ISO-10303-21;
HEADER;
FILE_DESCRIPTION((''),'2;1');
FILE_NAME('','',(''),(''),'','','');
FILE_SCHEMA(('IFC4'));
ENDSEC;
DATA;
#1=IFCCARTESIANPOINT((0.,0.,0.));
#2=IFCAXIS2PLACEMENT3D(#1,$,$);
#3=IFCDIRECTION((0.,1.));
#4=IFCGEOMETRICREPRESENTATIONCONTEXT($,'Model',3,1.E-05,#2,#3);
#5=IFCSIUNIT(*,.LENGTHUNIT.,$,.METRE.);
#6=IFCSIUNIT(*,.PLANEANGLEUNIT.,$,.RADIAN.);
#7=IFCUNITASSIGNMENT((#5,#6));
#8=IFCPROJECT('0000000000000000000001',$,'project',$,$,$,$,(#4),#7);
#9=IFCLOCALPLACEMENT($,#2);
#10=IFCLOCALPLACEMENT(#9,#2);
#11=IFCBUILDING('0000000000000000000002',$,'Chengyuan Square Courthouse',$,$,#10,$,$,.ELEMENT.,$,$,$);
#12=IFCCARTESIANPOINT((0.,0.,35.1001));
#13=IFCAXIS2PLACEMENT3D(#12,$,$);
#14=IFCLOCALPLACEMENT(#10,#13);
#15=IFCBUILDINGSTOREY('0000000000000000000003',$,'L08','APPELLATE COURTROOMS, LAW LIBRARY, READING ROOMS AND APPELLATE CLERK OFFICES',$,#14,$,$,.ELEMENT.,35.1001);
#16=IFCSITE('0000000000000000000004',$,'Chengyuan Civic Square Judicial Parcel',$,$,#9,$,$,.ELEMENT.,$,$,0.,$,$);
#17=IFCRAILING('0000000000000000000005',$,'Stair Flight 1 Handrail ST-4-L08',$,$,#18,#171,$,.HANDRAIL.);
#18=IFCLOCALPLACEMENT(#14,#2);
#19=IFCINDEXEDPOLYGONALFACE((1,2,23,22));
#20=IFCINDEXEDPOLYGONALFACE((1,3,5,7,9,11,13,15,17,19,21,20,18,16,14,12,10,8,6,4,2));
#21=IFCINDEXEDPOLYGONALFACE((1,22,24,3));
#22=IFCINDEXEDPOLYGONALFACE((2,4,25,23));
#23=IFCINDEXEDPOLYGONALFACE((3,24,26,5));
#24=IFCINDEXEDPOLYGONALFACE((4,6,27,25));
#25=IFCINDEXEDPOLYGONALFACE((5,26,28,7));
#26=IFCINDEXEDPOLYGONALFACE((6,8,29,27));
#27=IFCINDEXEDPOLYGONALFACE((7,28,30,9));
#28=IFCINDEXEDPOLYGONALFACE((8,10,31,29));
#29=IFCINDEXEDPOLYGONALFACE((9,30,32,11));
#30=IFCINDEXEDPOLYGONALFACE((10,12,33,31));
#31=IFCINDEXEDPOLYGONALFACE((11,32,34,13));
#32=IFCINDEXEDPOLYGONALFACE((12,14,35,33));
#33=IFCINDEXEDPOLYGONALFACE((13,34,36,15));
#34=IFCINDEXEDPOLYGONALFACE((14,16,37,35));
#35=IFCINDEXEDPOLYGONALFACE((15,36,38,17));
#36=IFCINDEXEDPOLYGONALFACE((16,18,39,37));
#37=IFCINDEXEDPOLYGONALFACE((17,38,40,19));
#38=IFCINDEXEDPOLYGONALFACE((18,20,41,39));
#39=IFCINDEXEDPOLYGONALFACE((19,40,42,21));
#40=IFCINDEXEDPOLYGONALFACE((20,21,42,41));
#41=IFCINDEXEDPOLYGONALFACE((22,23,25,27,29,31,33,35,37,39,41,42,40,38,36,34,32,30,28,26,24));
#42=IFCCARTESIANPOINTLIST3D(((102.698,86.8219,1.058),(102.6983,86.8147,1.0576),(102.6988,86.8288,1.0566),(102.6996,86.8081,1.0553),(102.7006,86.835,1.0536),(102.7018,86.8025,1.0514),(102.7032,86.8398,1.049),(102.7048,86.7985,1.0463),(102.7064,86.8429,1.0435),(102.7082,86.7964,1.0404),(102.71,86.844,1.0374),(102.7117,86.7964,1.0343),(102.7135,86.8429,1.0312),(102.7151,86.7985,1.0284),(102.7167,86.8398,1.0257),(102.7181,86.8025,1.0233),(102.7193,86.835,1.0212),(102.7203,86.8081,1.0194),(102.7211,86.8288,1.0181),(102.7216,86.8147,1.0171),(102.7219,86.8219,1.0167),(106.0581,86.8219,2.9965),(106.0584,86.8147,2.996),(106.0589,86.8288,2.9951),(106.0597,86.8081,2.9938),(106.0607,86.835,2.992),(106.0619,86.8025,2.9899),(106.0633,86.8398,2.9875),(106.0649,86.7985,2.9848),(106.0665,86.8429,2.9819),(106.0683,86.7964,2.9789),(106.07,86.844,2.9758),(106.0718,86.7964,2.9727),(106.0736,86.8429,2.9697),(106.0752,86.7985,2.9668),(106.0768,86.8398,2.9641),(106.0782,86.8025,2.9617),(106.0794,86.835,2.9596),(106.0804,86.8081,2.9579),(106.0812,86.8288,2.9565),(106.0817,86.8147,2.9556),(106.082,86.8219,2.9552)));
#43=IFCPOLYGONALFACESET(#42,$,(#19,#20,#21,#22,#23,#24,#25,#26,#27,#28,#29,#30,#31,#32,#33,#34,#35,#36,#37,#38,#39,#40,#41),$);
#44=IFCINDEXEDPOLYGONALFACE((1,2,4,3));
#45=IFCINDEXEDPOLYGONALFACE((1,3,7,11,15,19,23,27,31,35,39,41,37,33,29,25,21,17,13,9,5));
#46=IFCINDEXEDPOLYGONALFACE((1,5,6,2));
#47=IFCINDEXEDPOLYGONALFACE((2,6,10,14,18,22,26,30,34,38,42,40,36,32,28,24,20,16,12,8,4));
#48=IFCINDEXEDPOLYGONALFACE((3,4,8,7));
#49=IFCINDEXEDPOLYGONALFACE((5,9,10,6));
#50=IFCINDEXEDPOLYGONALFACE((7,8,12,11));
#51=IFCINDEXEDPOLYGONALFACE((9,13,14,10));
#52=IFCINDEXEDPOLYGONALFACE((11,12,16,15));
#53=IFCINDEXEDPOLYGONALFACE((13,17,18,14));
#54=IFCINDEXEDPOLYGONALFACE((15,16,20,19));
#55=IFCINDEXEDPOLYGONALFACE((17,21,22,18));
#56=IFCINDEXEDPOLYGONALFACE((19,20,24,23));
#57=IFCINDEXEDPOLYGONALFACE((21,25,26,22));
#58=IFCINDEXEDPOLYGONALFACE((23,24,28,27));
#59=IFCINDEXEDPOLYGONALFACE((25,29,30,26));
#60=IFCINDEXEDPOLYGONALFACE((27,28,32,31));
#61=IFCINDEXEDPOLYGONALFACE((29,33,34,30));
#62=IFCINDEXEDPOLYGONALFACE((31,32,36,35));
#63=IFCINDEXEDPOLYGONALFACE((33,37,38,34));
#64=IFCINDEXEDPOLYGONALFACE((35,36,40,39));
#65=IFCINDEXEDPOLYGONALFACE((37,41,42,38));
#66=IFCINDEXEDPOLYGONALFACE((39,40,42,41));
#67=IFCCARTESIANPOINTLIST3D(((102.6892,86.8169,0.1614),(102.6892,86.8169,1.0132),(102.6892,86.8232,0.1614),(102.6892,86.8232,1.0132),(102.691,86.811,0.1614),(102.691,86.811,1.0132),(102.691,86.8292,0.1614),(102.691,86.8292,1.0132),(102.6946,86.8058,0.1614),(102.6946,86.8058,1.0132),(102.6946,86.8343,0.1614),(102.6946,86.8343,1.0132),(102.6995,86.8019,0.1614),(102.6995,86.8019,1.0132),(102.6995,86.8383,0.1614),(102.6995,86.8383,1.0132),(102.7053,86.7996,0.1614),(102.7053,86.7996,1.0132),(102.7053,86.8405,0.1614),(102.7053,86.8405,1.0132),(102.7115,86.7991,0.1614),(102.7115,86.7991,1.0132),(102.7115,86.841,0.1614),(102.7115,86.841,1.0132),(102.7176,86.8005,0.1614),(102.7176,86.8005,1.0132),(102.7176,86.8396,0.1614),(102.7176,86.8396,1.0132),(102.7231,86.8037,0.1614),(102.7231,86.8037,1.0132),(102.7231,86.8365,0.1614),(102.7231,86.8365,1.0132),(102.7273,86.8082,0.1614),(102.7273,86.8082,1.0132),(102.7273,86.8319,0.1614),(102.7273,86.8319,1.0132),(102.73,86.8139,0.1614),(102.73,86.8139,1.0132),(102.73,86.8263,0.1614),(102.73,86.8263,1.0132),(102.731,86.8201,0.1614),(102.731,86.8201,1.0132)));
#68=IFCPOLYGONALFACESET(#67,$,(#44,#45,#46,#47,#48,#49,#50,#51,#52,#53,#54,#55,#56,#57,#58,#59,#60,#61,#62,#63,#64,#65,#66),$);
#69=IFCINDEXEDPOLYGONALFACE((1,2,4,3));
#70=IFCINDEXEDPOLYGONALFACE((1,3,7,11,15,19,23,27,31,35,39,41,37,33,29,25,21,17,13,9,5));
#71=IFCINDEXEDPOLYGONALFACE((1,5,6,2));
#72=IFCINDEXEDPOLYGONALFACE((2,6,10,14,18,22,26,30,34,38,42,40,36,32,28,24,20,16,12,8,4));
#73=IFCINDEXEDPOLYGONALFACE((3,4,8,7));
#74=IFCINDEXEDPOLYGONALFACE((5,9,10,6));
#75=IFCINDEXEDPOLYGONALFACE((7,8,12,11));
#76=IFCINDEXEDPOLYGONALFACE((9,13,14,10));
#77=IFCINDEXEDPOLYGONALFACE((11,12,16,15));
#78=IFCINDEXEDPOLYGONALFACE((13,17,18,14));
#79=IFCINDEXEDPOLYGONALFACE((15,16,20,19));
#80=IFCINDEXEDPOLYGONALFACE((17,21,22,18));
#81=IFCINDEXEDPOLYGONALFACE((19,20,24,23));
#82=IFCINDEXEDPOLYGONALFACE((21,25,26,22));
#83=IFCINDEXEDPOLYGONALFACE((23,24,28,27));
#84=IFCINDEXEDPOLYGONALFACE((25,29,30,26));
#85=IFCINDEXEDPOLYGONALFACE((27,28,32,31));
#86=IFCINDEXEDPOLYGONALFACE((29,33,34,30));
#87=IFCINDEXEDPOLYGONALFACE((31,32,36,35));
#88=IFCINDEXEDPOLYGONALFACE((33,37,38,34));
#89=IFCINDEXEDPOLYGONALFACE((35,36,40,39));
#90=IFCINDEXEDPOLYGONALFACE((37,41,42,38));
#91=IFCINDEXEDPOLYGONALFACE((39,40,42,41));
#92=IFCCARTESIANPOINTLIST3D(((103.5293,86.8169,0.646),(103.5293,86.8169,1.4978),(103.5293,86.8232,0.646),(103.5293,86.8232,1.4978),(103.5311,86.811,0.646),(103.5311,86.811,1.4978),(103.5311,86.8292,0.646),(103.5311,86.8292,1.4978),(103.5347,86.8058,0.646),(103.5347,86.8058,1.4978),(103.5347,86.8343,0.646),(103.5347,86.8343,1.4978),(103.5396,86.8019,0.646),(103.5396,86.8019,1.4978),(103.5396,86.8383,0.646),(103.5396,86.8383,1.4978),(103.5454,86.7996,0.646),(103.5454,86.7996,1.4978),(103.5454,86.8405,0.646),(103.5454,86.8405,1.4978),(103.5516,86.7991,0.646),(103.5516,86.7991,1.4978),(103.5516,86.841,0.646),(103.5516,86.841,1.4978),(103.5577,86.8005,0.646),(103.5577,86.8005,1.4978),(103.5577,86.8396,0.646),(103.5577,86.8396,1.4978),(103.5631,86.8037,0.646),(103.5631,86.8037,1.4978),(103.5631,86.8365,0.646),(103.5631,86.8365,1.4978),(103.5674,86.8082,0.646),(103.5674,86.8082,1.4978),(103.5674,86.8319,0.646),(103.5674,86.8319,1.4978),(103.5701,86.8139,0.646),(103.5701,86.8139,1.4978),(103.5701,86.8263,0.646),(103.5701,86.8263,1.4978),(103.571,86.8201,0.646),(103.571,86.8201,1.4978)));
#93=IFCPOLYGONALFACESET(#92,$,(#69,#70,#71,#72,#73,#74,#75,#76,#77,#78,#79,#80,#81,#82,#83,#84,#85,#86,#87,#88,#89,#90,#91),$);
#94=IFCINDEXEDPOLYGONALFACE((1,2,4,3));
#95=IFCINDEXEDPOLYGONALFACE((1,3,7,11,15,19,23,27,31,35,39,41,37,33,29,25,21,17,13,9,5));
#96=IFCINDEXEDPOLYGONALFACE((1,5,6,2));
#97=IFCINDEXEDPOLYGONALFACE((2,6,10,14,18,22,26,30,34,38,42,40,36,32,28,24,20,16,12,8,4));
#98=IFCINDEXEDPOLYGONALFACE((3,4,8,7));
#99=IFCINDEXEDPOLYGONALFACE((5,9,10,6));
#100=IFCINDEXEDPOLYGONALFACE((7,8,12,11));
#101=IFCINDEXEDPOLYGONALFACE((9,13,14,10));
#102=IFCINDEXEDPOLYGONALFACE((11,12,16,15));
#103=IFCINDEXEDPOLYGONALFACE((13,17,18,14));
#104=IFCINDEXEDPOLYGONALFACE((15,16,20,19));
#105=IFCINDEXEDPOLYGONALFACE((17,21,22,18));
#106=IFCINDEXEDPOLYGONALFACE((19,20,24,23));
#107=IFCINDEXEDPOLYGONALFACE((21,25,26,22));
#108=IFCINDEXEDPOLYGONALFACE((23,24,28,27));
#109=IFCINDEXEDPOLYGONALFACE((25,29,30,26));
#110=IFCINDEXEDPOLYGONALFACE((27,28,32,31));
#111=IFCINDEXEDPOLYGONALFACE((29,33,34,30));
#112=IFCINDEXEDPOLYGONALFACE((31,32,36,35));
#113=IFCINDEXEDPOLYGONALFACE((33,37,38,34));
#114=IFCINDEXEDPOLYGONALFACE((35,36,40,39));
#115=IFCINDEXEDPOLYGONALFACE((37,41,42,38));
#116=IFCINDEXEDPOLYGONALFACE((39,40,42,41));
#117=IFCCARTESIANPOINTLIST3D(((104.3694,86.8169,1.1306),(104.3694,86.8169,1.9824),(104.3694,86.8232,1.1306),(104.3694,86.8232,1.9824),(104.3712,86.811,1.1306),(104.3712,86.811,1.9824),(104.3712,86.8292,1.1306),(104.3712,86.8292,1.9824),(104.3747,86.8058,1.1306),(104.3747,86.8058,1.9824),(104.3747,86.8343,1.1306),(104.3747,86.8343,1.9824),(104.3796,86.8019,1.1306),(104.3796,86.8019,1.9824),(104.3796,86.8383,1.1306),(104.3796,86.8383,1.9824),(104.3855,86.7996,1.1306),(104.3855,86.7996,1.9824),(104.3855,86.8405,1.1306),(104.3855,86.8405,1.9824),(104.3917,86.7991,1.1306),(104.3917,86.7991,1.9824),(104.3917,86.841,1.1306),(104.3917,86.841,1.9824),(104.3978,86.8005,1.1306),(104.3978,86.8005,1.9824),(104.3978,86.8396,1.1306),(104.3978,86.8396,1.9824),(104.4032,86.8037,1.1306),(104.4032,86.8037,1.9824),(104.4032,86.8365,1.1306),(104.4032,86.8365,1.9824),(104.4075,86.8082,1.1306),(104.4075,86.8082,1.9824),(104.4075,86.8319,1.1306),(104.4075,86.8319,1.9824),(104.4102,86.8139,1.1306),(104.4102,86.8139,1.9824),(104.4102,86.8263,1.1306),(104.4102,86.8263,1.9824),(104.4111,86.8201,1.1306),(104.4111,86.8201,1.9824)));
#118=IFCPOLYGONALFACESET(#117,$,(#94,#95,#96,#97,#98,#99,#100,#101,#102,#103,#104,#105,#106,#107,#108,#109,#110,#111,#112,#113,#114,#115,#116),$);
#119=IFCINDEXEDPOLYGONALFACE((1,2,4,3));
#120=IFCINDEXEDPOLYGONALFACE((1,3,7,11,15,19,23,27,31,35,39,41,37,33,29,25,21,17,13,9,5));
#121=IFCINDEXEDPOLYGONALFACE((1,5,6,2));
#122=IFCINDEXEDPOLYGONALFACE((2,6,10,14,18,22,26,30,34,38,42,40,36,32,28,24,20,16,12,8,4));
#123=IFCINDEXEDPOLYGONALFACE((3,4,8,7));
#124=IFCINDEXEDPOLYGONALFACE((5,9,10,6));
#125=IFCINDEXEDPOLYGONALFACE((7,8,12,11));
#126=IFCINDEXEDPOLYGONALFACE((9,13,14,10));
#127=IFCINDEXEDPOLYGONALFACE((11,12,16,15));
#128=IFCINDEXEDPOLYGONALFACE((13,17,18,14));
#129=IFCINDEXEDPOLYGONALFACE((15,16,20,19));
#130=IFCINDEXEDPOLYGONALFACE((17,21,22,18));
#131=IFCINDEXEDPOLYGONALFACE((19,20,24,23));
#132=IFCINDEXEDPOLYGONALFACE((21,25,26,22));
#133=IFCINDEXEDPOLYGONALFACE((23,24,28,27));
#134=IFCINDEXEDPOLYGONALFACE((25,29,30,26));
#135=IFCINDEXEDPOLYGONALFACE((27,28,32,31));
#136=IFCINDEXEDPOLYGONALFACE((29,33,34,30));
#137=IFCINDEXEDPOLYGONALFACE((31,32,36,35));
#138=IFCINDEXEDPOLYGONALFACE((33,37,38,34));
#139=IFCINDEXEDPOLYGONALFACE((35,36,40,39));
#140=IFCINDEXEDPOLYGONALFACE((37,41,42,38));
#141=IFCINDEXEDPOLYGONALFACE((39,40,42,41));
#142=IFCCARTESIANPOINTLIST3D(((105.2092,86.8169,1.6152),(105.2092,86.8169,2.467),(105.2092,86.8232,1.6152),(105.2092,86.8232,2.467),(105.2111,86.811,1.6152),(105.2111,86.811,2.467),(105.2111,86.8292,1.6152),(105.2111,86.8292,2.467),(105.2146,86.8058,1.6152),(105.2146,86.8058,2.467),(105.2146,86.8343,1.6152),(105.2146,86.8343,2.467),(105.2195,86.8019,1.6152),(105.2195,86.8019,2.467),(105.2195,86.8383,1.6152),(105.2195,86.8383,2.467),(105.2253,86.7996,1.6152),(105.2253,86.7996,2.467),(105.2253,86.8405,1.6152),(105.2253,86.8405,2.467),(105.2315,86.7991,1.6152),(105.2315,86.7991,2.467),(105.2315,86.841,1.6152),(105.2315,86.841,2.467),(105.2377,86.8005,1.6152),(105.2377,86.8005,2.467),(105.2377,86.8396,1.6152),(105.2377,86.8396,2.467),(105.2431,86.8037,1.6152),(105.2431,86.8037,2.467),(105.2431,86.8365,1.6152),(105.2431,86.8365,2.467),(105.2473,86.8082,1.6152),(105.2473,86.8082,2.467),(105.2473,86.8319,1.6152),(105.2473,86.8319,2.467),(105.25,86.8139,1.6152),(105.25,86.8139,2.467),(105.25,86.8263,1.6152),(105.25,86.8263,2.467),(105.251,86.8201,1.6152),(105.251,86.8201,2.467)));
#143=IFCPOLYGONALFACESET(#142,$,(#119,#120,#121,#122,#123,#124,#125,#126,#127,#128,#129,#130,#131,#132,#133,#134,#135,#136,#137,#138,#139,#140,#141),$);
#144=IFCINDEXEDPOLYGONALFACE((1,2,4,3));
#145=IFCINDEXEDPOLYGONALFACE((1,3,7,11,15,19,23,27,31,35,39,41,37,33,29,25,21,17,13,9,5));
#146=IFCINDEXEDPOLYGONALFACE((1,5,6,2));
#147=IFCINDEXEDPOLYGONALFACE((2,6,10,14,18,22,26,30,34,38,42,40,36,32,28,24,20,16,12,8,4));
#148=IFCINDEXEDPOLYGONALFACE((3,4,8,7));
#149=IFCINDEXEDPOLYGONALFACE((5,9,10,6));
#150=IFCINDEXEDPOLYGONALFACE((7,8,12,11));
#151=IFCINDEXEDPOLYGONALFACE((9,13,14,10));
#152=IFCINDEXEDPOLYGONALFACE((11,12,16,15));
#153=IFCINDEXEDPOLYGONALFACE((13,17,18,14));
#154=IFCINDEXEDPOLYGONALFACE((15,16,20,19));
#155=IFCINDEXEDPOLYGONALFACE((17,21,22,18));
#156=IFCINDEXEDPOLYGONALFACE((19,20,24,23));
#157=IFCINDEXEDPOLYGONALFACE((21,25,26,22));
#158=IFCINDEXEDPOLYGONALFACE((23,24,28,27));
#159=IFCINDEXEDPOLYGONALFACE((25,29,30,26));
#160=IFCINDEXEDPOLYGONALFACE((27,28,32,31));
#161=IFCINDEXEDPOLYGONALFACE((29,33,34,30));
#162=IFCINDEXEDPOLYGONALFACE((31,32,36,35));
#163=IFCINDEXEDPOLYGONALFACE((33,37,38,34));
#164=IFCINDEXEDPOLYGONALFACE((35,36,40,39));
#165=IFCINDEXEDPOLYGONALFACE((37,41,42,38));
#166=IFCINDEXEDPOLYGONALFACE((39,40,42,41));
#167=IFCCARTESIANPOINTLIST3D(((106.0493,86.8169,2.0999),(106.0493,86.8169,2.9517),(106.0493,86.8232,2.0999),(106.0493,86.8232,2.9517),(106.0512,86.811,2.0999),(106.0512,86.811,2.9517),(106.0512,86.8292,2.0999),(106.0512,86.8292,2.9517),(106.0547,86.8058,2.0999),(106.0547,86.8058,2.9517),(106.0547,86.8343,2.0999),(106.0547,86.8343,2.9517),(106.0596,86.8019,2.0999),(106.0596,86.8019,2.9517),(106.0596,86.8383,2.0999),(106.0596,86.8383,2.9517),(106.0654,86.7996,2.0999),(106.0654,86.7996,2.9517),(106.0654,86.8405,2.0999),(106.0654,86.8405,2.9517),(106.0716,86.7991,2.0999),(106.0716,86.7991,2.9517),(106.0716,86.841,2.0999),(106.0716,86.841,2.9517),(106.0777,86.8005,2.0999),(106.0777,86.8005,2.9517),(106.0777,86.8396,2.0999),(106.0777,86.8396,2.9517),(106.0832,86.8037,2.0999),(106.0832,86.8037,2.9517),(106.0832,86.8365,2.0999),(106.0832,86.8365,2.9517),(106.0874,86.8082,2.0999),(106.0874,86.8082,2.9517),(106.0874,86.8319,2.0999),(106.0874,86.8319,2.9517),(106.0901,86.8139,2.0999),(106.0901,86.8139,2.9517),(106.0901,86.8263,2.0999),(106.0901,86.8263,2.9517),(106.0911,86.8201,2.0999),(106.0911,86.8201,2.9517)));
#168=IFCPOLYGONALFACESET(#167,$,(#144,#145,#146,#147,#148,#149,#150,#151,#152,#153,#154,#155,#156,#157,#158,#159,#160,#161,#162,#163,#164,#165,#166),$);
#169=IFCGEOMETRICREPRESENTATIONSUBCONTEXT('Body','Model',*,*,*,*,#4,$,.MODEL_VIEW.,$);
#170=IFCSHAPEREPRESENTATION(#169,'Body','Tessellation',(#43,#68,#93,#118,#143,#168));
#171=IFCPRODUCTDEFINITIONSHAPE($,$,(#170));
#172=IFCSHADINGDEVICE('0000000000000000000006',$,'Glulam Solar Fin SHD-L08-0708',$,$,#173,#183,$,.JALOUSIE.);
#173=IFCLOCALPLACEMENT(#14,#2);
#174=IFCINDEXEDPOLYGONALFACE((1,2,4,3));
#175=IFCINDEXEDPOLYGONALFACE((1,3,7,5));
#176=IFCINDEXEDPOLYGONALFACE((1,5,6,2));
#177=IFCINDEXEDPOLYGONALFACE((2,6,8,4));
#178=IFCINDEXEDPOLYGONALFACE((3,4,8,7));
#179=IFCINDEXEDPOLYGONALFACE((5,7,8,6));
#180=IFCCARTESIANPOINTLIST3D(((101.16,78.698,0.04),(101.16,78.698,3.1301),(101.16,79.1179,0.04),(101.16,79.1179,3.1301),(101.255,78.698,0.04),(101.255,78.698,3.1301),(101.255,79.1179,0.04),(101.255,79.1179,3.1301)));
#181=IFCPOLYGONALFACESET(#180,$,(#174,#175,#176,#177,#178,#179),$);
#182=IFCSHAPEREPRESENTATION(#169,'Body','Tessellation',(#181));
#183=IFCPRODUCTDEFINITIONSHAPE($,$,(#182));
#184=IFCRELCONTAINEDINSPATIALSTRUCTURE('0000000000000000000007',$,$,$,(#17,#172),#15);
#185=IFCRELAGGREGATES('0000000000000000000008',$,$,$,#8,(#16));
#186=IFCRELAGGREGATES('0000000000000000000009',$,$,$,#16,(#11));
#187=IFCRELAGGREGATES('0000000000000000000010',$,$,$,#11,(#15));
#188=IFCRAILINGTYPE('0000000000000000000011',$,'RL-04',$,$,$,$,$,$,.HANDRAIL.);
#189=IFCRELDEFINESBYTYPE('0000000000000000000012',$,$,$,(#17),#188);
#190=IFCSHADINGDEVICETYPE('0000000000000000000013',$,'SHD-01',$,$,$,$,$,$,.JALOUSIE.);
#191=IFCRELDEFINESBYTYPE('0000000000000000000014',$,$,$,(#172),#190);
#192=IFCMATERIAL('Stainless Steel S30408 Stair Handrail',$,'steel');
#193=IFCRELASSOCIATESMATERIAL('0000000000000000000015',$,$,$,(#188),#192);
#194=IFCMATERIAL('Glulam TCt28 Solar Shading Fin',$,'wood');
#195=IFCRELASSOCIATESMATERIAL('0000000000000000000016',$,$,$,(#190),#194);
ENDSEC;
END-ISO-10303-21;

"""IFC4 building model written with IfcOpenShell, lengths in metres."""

from ifc_helpers import new_model, si_unit, direction, frame, origin, origin_2d, place, context, subcontext, project, spatial, rectangle, circle, extrude, material, type_object, element, save


model = new_model("IFC4")

# Units and contexts
model_context = context("Model", 3, precision=1e-05, world=origin(), true_north=direction((0.0, 1.0)))
body_context = subcontext(model_context, "Body", "Model", "MODEL_VIEW")
ifc_project = project(units=[si_unit("LENGTHUNIT", "METRE"), si_unit("PLANEANGLEUNIT", "RADIAN")], contexts=[model_context])

# Site, building, storey
site_placement = place(None, origin())
site = spatial("IfcSite", under=ifc_project, at=site_placement, Name="Chengyuan Civic Square Judicial Parcel", CompositionType="ELEMENT", RefElevation=0.0)
building_placement = place(site_placement, origin())
building = spatial("IfcBuilding", under=site, at=building_placement, Name="Chengyuan Square Courthouse", CompositionType="ELEMENT")
storey_placement = place(building_placement, frame((0.0, 0.0, 35.1001)))
storey = spatial("IfcBuildingStorey", under=building, at=storey_placement, Name="L08", Description="APPELLATE COURTROOMS, LAW LIBRARY, READING ROOMS AND APPELLATE CLERK OFFICES", CompositionType="ELEMENT", Elevation=35.1001)

# Railing
ifc_material_1 = material(Name="Stainless Steel S30408 Stair Handrail", Category="steel")
railing_type_1 = type_object("IfcRailingType", Name="RL-04", PredefinedType="HANDRAIL", material=ifc_material_1)
railing_1_placement = place(storey_placement, frame((102.71, 86.8201, 0.1614)))
element("IfcRailing", 1, at=railing_1_placement, inside=storey, type_object=railing_type_1, Name="Stair Flight 1 Handrail ST-4-L08", PredefinedType="HANDRAIL", context=body_context, shape_type="SweptSolid", body=[
    extrude(circle(Radius=0.0239, at=origin_2d()), frame((0.0, 0.0, 0.876), z_axis=(0.866191, 0.0, 0.499713), x_axis=(0.0, 1.0, 0.0)), (0.0, 0.0, 1.0), 3.8792),
    extrude(circle(Radius=0.021, at=origin_2d()), origin(), (0.0, 0.0, 1.0), 0.8518),
    extrude(circle(Radius=0.021, at=origin_2d()), frame((0.8401, 0.0, 0.4846)), (0.0, 0.0, 1.0), 0.8518),
    extrude(circle(Radius=0.021, at=origin_2d()), frame((1.6802, 0.0, 0.9692)), (0.0, 0.0, 1.0), 0.8518),
    extrude(circle(Radius=0.021, at=origin_2d()), frame((2.52, 0.0, 1.4539)), (0.0, 0.0, 1.0), 0.8518),
    extrude(circle(Radius=0.021, at=origin_2d()), frame((3.3601, 0.0, 1.9385)), (0.0, 0.0, 1.0), 0.8518),
])

# Shading device
ifc_material_2 = material(Name="Glulam TCt28 Solar Shading Fin", Category="wood")
shading_device_type = type_object("IfcShadingDeviceType", Name="SHD-01", PredefinedType="JALOUSIE", material=ifc_material_2)
shading_device_placement = place(storey_placement, frame((101.2075, 78.908, 0.04), z_axis=(0.0, 0.0, 1.0), x_axis=(0.0, 1.0, 0.0)))
element("IfcShadingDevice", 2, at=shading_device_placement, inside=storey, type_object=shading_device_type, Name="Glulam Solar Fin SHD-L08-0708", PredefinedType="JALOUSIE", context=body_context, shape_type="SweptSolid", body=[
    extrude(rectangle(XDim=0.4199, YDim=0.095, at=origin_2d()), origin(), (0.0, 0.0, 1.0), 3.0901),
])

save(model, "model.ifc")
